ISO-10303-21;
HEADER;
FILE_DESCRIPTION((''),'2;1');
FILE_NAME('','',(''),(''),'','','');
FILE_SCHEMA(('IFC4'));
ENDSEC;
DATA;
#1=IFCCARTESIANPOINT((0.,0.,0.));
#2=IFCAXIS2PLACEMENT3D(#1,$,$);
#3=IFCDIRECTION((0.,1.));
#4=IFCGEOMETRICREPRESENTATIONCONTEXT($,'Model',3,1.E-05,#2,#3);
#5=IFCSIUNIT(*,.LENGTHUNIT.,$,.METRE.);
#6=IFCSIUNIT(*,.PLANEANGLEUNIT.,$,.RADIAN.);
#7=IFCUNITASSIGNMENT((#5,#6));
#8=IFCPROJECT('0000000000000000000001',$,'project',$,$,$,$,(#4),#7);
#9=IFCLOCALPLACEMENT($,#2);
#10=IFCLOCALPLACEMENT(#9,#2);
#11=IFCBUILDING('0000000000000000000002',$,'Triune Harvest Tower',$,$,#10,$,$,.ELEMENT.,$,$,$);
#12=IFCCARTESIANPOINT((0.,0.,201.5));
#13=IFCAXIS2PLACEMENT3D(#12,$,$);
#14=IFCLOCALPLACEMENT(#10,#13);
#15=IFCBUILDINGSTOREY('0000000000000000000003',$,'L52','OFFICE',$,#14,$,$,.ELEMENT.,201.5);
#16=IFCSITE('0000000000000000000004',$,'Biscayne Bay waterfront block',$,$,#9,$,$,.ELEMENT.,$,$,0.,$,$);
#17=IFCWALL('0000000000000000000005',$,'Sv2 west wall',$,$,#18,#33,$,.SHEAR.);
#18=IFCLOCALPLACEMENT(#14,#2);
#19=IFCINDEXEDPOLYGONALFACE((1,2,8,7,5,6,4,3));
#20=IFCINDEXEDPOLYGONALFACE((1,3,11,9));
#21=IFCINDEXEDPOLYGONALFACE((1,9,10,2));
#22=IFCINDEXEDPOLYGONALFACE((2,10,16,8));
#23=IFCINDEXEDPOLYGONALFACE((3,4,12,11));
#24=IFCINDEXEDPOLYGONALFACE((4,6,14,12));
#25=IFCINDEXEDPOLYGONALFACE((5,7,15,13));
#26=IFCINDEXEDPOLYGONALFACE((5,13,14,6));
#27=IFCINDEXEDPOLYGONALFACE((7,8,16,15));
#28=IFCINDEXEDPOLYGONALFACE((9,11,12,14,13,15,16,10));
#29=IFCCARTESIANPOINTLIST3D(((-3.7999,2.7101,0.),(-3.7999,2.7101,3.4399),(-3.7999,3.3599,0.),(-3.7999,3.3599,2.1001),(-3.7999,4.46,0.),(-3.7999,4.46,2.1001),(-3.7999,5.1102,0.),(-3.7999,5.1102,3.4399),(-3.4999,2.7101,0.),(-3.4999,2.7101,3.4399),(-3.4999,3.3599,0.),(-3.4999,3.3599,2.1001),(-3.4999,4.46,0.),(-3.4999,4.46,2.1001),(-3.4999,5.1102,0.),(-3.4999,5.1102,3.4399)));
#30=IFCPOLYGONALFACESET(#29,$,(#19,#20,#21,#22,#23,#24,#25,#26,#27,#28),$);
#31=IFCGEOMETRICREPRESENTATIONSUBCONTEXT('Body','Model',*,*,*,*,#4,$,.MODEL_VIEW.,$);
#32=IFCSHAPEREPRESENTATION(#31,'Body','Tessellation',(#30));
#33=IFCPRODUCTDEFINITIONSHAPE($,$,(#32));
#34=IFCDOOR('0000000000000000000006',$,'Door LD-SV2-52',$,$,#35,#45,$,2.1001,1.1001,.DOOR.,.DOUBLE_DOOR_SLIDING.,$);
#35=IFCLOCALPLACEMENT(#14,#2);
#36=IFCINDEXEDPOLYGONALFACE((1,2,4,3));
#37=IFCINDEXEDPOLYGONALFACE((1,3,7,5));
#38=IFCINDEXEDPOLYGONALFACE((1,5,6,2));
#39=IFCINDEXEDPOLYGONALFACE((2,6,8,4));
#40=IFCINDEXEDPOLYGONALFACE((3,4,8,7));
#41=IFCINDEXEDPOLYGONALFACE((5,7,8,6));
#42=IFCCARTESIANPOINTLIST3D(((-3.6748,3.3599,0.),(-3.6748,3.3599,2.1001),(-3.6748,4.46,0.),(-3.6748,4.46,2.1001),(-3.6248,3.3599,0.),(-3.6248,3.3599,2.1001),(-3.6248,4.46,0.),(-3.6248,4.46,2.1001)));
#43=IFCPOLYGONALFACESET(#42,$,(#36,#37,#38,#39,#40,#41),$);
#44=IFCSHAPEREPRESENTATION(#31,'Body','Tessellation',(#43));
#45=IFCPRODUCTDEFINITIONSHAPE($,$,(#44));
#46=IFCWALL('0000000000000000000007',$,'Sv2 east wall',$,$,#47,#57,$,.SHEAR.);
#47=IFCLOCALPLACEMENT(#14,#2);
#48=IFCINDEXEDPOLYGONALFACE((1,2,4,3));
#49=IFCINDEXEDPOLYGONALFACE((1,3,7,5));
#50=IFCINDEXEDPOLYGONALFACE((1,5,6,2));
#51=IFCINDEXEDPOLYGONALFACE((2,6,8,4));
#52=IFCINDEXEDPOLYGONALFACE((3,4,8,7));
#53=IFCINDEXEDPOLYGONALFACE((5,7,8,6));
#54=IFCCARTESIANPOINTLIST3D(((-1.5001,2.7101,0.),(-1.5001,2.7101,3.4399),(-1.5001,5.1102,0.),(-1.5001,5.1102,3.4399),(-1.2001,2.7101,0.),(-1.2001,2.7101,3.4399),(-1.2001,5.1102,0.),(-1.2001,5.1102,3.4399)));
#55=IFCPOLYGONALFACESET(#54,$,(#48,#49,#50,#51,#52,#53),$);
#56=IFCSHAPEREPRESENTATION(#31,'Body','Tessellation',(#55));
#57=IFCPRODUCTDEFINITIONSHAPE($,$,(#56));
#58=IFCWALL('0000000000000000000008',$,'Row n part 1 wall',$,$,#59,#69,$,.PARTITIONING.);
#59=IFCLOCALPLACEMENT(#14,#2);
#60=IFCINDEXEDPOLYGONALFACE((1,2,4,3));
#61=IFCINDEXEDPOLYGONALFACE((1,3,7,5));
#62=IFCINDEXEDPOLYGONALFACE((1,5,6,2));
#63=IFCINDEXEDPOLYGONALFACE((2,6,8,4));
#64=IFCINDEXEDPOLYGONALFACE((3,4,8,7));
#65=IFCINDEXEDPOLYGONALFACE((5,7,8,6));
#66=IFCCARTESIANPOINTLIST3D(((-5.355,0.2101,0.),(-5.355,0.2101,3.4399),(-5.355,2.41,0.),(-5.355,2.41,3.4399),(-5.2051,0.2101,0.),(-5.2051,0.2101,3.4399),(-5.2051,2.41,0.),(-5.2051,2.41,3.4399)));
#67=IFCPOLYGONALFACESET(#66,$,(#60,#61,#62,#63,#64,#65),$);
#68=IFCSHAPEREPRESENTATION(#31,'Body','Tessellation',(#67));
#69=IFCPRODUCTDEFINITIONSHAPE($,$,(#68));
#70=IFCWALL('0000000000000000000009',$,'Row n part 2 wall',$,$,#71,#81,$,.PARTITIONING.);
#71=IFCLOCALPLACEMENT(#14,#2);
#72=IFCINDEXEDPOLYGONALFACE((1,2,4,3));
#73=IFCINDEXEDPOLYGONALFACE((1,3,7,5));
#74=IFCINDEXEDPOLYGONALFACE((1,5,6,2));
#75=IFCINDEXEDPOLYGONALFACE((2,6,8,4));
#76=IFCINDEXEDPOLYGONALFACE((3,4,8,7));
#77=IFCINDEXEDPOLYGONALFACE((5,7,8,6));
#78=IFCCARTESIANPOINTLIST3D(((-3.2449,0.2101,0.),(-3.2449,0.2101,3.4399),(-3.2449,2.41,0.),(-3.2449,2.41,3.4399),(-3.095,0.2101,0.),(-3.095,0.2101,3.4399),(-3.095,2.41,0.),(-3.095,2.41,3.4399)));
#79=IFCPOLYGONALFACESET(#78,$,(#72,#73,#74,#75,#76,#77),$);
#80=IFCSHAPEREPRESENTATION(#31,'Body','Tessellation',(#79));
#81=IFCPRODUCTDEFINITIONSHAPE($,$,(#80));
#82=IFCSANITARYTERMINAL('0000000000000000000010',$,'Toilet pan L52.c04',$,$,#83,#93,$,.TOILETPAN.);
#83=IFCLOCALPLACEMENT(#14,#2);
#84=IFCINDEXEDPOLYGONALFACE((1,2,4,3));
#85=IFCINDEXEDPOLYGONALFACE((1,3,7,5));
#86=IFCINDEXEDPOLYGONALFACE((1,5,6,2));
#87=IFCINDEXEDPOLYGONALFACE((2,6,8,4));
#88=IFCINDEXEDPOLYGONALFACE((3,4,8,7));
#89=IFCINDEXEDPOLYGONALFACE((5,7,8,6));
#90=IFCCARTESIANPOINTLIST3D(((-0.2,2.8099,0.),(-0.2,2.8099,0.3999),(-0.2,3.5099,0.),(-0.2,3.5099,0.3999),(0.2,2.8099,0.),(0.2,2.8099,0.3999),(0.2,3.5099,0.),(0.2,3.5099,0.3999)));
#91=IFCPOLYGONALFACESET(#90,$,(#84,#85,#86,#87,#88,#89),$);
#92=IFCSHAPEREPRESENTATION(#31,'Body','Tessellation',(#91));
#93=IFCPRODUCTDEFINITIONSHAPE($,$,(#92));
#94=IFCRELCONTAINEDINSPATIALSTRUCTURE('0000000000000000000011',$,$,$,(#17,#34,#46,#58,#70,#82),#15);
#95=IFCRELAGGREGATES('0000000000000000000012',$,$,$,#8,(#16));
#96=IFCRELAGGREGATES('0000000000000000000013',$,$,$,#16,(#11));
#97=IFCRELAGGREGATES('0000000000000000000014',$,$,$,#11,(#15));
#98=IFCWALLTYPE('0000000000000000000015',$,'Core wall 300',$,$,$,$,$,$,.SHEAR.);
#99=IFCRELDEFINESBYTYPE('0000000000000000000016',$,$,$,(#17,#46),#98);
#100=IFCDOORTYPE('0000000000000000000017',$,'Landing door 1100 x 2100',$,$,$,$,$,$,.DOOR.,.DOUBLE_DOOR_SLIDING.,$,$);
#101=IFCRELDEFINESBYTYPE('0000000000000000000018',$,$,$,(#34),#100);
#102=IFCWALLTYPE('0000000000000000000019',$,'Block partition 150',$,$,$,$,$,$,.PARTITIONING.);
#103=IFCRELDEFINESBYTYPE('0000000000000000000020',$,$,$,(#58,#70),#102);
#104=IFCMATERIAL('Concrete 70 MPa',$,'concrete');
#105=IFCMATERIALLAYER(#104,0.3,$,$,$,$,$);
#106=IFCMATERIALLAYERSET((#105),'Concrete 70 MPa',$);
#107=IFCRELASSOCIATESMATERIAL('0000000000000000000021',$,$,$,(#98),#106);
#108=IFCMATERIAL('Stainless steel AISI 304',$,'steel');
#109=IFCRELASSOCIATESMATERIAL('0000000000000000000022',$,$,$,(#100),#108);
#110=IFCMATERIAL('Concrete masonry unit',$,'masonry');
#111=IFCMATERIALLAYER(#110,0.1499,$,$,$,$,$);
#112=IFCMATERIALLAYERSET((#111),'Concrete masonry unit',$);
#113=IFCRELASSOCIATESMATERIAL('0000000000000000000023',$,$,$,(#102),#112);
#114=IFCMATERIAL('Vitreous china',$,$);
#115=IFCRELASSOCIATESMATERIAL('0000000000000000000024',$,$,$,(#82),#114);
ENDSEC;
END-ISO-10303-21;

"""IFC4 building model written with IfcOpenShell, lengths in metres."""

from ifc_helpers import new_model, si_unit, direction, frame, frame_2d, origin, origin_2d, place, context, subcontext, project, spatial, rectangle, extrude, source, transform, mapped, material, layer, layer_set, type_object, element, fill, save


model = new_model("IFC4")

# Units and contexts
model_context = context("Model", 3, precision=1e-05, world=origin(), true_north=direction((0.0, 1.0)))
body_context = subcontext(model_context, "Body", "Model", "MODEL_VIEW")
ifc_project = project(units=[si_unit("LENGTHUNIT", "METRE"), si_unit("PLANEANGLEUNIT", "RADIAN")], contexts=[model_context])

# Site, building, storey
site_placement = place(None, origin())
site = spatial("IfcSite", under=ifc_project, at=site_placement, Name="Biscayne Bay waterfront block", CompositionType="ELEMENT", RefElevation=0.0)
building_placement = place(site_placement, origin())
building = spatial("IfcBuilding", under=site, at=building_placement, Name="Triune Harvest Tower", CompositionType="ELEMENT")
storey_placement = place(building_placement, frame((0.0, 0.0, 201.5)))
storey = spatial("IfcBuildingStorey", under=building, at=storey_placement, Name="L52", Description="OFFICE", CompositionType="ELEMENT", Elevation=201.5)

# Shared definitions
ifc_material_1 = material(Name="Concrete 70 MPa", Category="concrete")
ifc_layer_1 = layer(ifc_material_1, 0.3)
ifc_layer_set_1 = layer_set([ifc_layer_1], Name="Concrete 70 MPa")
wall_type_1 = type_object("IfcWallType", Name="Core wall 300", PredefinedType="SHEAR", material=ifc_layer_set_1)

# Shared definitions
shared_shape_1 = source(origin(), body_context, "Body", "SweptSolid", [
    extrude(rectangle(XDim=2.4001, YDim=0.3, at=frame_2d((1.2002, 0.0))), origin(), (0.0, 0.0, 1.0), 3.4399),
])

# Wall, opening, door
ifc_material_2 = material(Name="Stainless steel AISI 304", Category="steel")
door_type_1 = type_object("IfcDoorType", Name="Landing door 1100 x 2100", OperationType="DOUBLE_DOOR_SLIDING", PredefinedType="DOOR", material=ifc_material_2)
wall_1_placement = place(storey_placement, frame((-3.6499, 2.71, 0.0), z_axis=(0.0, 0.0, 1.0), x_axis=(0.0, 1.0, 0.0)))
wall_1 = element("IfcWall", 1, at=wall_1_placement, inside=storey, type_object=wall_type_1, Name="Sv2 west wall", PredefinedType="SHEAR", context=body_context, shape_type="MappedRepresentation", body=[
    mapped(shared_shape_1, transform((0.0, 0.0, 0.0), scale=1.0)),
])
opening_1_placement = place(wall_1_placement, frame((0.6499, 0.0, 0.0)))
opening_1 = element("IfcOpeningElement", 2, at=opening_1_placement, cuts=wall_1, PredefinedType="OPENING", context=body_context, shape_type="SweptSolid", body=[
    extrude(rectangle(XDim=1.1001, YDim=2.1001, at=frame_2d((0.55, 1.05))), frame((0.0, 0.1602, 0.0), z_axis=(0.0, -1.0, 0.0), x_axis=(1.0, 0.0, 0.0)), (0.0, 0.0, 1.0), 0.3201),
])
door_1_placement = place(opening_1_placement, origin())
door_1 = element("IfcDoor", 3, at=door_1_placement, inside=storey, type_object=door_type_1, Name="Door LD-SV2-52", OperationType="DOUBLE_DOOR_SLIDING", OverallHeight=2.1001, OverallWidth=1.1001, PredefinedType="DOOR", context=body_context, shape_type="SweptSolid", body=[
    extrude(rectangle(XDim=1.1001, YDim=2.1001, at=frame_2d((0.55, 1.05))), frame((0.0, 0.0249, 0.0), z_axis=(0.0, -1.0, 0.0), x_axis=(1.0, 0.0, 0.0)), (0.0, 0.0, 1.0), 0.05),
])
fill(opening_1, door_1)

# Walls
wall_2_placement = place(storey_placement, frame((-1.3501, 2.71, 0.0), z_axis=(0.0, 0.0, 1.0), x_axis=(0.0, 1.0, 0.0)))
element("IfcWall", 4, at=wall_2_placement, inside=storey, type_object=wall_type_1, Name="Sv2 east wall", PredefinedType="SHEAR", context=body_context, shape_type="MappedRepresentation", body=[
    mapped(shared_shape_1, transform((0.0, 0.0, 0.0), scale=1.0)),
])
ifc_material_3 = material(Name="Concrete masonry unit", Category="masonry")
ifc_layer_2 = layer(ifc_material_3, 0.1499)
ifc_layer_set_2 = layer_set([ifc_layer_2], Name="Concrete masonry unit")
wall_type_2 = type_object("IfcWallType", Name="Block partition 150", PredefinedType="PARTITIONING", material=ifc_layer_set_2)
shared_shape_2 = source(origin(), body_context, "Body", "SweptSolid", [
    extrude(rectangle(XDim=2.2, YDim=0.1499, at=frame_2d((1.1001, 0.0))), origin(), (0.0, 0.0, 1.0), 3.4399),
])
for number, where, z_axis, x_axis, name in (
    (5, (-5.28, 0.21, 0.0), (0.0, 0.0, 1.0), (0.0, 1.0, 0.0), "Row n part 1 wall"),
    (6, (-3.1699, 0.21, 0.0), (0.0, 0.0, 1.0), (0.0, 1.0, 0.0), "Row n part 2 wall"),
):
    element("IfcWall", number, at=place(storey_placement, frame(where, z_axis=z_axis, x_axis=x_axis)), inside=storey, type_object=wall_type_2, Name=name, PredefinedType="PARTITIONING", context=body_context, shape_type="MappedRepresentation", body=[
        mapped(shared_shape_2, transform((0.0, 0.0, 0.0), scale=1.0)),
    ])

# Sanitary terminal
ifc_material_4 = material(Name="Vitreous china")
shared_shape_3 = source(origin(), body_context, "Body", "SweptSolid", [
    extrude(rectangle(XDim=0.3999, YDim=0.7, at=origin_2d()), origin(), (0.0, 0.0, 1.0), 0.3999),
])
sanitary_terminal_placement = place(storey_placement, frame((0.0, 3.1599, 0.0), z_axis=(0.0, 0.0, 1.0), x_axis=(-1.0, 0.0, 0.0)))
element("IfcSanitaryTerminal", 7, at=sanitary_terminal_placement, inside=storey, material=ifc_material_4, Name="Toilet pan L52.c04", PredefinedType="TOILETPAN", context=body_context, shape_type="MappedRepresentation", body=[
    mapped(shared_shape_3, transform((0.0, 0.0, 0.0), scale=1.0)),
])

save(model, "model.ifc")
